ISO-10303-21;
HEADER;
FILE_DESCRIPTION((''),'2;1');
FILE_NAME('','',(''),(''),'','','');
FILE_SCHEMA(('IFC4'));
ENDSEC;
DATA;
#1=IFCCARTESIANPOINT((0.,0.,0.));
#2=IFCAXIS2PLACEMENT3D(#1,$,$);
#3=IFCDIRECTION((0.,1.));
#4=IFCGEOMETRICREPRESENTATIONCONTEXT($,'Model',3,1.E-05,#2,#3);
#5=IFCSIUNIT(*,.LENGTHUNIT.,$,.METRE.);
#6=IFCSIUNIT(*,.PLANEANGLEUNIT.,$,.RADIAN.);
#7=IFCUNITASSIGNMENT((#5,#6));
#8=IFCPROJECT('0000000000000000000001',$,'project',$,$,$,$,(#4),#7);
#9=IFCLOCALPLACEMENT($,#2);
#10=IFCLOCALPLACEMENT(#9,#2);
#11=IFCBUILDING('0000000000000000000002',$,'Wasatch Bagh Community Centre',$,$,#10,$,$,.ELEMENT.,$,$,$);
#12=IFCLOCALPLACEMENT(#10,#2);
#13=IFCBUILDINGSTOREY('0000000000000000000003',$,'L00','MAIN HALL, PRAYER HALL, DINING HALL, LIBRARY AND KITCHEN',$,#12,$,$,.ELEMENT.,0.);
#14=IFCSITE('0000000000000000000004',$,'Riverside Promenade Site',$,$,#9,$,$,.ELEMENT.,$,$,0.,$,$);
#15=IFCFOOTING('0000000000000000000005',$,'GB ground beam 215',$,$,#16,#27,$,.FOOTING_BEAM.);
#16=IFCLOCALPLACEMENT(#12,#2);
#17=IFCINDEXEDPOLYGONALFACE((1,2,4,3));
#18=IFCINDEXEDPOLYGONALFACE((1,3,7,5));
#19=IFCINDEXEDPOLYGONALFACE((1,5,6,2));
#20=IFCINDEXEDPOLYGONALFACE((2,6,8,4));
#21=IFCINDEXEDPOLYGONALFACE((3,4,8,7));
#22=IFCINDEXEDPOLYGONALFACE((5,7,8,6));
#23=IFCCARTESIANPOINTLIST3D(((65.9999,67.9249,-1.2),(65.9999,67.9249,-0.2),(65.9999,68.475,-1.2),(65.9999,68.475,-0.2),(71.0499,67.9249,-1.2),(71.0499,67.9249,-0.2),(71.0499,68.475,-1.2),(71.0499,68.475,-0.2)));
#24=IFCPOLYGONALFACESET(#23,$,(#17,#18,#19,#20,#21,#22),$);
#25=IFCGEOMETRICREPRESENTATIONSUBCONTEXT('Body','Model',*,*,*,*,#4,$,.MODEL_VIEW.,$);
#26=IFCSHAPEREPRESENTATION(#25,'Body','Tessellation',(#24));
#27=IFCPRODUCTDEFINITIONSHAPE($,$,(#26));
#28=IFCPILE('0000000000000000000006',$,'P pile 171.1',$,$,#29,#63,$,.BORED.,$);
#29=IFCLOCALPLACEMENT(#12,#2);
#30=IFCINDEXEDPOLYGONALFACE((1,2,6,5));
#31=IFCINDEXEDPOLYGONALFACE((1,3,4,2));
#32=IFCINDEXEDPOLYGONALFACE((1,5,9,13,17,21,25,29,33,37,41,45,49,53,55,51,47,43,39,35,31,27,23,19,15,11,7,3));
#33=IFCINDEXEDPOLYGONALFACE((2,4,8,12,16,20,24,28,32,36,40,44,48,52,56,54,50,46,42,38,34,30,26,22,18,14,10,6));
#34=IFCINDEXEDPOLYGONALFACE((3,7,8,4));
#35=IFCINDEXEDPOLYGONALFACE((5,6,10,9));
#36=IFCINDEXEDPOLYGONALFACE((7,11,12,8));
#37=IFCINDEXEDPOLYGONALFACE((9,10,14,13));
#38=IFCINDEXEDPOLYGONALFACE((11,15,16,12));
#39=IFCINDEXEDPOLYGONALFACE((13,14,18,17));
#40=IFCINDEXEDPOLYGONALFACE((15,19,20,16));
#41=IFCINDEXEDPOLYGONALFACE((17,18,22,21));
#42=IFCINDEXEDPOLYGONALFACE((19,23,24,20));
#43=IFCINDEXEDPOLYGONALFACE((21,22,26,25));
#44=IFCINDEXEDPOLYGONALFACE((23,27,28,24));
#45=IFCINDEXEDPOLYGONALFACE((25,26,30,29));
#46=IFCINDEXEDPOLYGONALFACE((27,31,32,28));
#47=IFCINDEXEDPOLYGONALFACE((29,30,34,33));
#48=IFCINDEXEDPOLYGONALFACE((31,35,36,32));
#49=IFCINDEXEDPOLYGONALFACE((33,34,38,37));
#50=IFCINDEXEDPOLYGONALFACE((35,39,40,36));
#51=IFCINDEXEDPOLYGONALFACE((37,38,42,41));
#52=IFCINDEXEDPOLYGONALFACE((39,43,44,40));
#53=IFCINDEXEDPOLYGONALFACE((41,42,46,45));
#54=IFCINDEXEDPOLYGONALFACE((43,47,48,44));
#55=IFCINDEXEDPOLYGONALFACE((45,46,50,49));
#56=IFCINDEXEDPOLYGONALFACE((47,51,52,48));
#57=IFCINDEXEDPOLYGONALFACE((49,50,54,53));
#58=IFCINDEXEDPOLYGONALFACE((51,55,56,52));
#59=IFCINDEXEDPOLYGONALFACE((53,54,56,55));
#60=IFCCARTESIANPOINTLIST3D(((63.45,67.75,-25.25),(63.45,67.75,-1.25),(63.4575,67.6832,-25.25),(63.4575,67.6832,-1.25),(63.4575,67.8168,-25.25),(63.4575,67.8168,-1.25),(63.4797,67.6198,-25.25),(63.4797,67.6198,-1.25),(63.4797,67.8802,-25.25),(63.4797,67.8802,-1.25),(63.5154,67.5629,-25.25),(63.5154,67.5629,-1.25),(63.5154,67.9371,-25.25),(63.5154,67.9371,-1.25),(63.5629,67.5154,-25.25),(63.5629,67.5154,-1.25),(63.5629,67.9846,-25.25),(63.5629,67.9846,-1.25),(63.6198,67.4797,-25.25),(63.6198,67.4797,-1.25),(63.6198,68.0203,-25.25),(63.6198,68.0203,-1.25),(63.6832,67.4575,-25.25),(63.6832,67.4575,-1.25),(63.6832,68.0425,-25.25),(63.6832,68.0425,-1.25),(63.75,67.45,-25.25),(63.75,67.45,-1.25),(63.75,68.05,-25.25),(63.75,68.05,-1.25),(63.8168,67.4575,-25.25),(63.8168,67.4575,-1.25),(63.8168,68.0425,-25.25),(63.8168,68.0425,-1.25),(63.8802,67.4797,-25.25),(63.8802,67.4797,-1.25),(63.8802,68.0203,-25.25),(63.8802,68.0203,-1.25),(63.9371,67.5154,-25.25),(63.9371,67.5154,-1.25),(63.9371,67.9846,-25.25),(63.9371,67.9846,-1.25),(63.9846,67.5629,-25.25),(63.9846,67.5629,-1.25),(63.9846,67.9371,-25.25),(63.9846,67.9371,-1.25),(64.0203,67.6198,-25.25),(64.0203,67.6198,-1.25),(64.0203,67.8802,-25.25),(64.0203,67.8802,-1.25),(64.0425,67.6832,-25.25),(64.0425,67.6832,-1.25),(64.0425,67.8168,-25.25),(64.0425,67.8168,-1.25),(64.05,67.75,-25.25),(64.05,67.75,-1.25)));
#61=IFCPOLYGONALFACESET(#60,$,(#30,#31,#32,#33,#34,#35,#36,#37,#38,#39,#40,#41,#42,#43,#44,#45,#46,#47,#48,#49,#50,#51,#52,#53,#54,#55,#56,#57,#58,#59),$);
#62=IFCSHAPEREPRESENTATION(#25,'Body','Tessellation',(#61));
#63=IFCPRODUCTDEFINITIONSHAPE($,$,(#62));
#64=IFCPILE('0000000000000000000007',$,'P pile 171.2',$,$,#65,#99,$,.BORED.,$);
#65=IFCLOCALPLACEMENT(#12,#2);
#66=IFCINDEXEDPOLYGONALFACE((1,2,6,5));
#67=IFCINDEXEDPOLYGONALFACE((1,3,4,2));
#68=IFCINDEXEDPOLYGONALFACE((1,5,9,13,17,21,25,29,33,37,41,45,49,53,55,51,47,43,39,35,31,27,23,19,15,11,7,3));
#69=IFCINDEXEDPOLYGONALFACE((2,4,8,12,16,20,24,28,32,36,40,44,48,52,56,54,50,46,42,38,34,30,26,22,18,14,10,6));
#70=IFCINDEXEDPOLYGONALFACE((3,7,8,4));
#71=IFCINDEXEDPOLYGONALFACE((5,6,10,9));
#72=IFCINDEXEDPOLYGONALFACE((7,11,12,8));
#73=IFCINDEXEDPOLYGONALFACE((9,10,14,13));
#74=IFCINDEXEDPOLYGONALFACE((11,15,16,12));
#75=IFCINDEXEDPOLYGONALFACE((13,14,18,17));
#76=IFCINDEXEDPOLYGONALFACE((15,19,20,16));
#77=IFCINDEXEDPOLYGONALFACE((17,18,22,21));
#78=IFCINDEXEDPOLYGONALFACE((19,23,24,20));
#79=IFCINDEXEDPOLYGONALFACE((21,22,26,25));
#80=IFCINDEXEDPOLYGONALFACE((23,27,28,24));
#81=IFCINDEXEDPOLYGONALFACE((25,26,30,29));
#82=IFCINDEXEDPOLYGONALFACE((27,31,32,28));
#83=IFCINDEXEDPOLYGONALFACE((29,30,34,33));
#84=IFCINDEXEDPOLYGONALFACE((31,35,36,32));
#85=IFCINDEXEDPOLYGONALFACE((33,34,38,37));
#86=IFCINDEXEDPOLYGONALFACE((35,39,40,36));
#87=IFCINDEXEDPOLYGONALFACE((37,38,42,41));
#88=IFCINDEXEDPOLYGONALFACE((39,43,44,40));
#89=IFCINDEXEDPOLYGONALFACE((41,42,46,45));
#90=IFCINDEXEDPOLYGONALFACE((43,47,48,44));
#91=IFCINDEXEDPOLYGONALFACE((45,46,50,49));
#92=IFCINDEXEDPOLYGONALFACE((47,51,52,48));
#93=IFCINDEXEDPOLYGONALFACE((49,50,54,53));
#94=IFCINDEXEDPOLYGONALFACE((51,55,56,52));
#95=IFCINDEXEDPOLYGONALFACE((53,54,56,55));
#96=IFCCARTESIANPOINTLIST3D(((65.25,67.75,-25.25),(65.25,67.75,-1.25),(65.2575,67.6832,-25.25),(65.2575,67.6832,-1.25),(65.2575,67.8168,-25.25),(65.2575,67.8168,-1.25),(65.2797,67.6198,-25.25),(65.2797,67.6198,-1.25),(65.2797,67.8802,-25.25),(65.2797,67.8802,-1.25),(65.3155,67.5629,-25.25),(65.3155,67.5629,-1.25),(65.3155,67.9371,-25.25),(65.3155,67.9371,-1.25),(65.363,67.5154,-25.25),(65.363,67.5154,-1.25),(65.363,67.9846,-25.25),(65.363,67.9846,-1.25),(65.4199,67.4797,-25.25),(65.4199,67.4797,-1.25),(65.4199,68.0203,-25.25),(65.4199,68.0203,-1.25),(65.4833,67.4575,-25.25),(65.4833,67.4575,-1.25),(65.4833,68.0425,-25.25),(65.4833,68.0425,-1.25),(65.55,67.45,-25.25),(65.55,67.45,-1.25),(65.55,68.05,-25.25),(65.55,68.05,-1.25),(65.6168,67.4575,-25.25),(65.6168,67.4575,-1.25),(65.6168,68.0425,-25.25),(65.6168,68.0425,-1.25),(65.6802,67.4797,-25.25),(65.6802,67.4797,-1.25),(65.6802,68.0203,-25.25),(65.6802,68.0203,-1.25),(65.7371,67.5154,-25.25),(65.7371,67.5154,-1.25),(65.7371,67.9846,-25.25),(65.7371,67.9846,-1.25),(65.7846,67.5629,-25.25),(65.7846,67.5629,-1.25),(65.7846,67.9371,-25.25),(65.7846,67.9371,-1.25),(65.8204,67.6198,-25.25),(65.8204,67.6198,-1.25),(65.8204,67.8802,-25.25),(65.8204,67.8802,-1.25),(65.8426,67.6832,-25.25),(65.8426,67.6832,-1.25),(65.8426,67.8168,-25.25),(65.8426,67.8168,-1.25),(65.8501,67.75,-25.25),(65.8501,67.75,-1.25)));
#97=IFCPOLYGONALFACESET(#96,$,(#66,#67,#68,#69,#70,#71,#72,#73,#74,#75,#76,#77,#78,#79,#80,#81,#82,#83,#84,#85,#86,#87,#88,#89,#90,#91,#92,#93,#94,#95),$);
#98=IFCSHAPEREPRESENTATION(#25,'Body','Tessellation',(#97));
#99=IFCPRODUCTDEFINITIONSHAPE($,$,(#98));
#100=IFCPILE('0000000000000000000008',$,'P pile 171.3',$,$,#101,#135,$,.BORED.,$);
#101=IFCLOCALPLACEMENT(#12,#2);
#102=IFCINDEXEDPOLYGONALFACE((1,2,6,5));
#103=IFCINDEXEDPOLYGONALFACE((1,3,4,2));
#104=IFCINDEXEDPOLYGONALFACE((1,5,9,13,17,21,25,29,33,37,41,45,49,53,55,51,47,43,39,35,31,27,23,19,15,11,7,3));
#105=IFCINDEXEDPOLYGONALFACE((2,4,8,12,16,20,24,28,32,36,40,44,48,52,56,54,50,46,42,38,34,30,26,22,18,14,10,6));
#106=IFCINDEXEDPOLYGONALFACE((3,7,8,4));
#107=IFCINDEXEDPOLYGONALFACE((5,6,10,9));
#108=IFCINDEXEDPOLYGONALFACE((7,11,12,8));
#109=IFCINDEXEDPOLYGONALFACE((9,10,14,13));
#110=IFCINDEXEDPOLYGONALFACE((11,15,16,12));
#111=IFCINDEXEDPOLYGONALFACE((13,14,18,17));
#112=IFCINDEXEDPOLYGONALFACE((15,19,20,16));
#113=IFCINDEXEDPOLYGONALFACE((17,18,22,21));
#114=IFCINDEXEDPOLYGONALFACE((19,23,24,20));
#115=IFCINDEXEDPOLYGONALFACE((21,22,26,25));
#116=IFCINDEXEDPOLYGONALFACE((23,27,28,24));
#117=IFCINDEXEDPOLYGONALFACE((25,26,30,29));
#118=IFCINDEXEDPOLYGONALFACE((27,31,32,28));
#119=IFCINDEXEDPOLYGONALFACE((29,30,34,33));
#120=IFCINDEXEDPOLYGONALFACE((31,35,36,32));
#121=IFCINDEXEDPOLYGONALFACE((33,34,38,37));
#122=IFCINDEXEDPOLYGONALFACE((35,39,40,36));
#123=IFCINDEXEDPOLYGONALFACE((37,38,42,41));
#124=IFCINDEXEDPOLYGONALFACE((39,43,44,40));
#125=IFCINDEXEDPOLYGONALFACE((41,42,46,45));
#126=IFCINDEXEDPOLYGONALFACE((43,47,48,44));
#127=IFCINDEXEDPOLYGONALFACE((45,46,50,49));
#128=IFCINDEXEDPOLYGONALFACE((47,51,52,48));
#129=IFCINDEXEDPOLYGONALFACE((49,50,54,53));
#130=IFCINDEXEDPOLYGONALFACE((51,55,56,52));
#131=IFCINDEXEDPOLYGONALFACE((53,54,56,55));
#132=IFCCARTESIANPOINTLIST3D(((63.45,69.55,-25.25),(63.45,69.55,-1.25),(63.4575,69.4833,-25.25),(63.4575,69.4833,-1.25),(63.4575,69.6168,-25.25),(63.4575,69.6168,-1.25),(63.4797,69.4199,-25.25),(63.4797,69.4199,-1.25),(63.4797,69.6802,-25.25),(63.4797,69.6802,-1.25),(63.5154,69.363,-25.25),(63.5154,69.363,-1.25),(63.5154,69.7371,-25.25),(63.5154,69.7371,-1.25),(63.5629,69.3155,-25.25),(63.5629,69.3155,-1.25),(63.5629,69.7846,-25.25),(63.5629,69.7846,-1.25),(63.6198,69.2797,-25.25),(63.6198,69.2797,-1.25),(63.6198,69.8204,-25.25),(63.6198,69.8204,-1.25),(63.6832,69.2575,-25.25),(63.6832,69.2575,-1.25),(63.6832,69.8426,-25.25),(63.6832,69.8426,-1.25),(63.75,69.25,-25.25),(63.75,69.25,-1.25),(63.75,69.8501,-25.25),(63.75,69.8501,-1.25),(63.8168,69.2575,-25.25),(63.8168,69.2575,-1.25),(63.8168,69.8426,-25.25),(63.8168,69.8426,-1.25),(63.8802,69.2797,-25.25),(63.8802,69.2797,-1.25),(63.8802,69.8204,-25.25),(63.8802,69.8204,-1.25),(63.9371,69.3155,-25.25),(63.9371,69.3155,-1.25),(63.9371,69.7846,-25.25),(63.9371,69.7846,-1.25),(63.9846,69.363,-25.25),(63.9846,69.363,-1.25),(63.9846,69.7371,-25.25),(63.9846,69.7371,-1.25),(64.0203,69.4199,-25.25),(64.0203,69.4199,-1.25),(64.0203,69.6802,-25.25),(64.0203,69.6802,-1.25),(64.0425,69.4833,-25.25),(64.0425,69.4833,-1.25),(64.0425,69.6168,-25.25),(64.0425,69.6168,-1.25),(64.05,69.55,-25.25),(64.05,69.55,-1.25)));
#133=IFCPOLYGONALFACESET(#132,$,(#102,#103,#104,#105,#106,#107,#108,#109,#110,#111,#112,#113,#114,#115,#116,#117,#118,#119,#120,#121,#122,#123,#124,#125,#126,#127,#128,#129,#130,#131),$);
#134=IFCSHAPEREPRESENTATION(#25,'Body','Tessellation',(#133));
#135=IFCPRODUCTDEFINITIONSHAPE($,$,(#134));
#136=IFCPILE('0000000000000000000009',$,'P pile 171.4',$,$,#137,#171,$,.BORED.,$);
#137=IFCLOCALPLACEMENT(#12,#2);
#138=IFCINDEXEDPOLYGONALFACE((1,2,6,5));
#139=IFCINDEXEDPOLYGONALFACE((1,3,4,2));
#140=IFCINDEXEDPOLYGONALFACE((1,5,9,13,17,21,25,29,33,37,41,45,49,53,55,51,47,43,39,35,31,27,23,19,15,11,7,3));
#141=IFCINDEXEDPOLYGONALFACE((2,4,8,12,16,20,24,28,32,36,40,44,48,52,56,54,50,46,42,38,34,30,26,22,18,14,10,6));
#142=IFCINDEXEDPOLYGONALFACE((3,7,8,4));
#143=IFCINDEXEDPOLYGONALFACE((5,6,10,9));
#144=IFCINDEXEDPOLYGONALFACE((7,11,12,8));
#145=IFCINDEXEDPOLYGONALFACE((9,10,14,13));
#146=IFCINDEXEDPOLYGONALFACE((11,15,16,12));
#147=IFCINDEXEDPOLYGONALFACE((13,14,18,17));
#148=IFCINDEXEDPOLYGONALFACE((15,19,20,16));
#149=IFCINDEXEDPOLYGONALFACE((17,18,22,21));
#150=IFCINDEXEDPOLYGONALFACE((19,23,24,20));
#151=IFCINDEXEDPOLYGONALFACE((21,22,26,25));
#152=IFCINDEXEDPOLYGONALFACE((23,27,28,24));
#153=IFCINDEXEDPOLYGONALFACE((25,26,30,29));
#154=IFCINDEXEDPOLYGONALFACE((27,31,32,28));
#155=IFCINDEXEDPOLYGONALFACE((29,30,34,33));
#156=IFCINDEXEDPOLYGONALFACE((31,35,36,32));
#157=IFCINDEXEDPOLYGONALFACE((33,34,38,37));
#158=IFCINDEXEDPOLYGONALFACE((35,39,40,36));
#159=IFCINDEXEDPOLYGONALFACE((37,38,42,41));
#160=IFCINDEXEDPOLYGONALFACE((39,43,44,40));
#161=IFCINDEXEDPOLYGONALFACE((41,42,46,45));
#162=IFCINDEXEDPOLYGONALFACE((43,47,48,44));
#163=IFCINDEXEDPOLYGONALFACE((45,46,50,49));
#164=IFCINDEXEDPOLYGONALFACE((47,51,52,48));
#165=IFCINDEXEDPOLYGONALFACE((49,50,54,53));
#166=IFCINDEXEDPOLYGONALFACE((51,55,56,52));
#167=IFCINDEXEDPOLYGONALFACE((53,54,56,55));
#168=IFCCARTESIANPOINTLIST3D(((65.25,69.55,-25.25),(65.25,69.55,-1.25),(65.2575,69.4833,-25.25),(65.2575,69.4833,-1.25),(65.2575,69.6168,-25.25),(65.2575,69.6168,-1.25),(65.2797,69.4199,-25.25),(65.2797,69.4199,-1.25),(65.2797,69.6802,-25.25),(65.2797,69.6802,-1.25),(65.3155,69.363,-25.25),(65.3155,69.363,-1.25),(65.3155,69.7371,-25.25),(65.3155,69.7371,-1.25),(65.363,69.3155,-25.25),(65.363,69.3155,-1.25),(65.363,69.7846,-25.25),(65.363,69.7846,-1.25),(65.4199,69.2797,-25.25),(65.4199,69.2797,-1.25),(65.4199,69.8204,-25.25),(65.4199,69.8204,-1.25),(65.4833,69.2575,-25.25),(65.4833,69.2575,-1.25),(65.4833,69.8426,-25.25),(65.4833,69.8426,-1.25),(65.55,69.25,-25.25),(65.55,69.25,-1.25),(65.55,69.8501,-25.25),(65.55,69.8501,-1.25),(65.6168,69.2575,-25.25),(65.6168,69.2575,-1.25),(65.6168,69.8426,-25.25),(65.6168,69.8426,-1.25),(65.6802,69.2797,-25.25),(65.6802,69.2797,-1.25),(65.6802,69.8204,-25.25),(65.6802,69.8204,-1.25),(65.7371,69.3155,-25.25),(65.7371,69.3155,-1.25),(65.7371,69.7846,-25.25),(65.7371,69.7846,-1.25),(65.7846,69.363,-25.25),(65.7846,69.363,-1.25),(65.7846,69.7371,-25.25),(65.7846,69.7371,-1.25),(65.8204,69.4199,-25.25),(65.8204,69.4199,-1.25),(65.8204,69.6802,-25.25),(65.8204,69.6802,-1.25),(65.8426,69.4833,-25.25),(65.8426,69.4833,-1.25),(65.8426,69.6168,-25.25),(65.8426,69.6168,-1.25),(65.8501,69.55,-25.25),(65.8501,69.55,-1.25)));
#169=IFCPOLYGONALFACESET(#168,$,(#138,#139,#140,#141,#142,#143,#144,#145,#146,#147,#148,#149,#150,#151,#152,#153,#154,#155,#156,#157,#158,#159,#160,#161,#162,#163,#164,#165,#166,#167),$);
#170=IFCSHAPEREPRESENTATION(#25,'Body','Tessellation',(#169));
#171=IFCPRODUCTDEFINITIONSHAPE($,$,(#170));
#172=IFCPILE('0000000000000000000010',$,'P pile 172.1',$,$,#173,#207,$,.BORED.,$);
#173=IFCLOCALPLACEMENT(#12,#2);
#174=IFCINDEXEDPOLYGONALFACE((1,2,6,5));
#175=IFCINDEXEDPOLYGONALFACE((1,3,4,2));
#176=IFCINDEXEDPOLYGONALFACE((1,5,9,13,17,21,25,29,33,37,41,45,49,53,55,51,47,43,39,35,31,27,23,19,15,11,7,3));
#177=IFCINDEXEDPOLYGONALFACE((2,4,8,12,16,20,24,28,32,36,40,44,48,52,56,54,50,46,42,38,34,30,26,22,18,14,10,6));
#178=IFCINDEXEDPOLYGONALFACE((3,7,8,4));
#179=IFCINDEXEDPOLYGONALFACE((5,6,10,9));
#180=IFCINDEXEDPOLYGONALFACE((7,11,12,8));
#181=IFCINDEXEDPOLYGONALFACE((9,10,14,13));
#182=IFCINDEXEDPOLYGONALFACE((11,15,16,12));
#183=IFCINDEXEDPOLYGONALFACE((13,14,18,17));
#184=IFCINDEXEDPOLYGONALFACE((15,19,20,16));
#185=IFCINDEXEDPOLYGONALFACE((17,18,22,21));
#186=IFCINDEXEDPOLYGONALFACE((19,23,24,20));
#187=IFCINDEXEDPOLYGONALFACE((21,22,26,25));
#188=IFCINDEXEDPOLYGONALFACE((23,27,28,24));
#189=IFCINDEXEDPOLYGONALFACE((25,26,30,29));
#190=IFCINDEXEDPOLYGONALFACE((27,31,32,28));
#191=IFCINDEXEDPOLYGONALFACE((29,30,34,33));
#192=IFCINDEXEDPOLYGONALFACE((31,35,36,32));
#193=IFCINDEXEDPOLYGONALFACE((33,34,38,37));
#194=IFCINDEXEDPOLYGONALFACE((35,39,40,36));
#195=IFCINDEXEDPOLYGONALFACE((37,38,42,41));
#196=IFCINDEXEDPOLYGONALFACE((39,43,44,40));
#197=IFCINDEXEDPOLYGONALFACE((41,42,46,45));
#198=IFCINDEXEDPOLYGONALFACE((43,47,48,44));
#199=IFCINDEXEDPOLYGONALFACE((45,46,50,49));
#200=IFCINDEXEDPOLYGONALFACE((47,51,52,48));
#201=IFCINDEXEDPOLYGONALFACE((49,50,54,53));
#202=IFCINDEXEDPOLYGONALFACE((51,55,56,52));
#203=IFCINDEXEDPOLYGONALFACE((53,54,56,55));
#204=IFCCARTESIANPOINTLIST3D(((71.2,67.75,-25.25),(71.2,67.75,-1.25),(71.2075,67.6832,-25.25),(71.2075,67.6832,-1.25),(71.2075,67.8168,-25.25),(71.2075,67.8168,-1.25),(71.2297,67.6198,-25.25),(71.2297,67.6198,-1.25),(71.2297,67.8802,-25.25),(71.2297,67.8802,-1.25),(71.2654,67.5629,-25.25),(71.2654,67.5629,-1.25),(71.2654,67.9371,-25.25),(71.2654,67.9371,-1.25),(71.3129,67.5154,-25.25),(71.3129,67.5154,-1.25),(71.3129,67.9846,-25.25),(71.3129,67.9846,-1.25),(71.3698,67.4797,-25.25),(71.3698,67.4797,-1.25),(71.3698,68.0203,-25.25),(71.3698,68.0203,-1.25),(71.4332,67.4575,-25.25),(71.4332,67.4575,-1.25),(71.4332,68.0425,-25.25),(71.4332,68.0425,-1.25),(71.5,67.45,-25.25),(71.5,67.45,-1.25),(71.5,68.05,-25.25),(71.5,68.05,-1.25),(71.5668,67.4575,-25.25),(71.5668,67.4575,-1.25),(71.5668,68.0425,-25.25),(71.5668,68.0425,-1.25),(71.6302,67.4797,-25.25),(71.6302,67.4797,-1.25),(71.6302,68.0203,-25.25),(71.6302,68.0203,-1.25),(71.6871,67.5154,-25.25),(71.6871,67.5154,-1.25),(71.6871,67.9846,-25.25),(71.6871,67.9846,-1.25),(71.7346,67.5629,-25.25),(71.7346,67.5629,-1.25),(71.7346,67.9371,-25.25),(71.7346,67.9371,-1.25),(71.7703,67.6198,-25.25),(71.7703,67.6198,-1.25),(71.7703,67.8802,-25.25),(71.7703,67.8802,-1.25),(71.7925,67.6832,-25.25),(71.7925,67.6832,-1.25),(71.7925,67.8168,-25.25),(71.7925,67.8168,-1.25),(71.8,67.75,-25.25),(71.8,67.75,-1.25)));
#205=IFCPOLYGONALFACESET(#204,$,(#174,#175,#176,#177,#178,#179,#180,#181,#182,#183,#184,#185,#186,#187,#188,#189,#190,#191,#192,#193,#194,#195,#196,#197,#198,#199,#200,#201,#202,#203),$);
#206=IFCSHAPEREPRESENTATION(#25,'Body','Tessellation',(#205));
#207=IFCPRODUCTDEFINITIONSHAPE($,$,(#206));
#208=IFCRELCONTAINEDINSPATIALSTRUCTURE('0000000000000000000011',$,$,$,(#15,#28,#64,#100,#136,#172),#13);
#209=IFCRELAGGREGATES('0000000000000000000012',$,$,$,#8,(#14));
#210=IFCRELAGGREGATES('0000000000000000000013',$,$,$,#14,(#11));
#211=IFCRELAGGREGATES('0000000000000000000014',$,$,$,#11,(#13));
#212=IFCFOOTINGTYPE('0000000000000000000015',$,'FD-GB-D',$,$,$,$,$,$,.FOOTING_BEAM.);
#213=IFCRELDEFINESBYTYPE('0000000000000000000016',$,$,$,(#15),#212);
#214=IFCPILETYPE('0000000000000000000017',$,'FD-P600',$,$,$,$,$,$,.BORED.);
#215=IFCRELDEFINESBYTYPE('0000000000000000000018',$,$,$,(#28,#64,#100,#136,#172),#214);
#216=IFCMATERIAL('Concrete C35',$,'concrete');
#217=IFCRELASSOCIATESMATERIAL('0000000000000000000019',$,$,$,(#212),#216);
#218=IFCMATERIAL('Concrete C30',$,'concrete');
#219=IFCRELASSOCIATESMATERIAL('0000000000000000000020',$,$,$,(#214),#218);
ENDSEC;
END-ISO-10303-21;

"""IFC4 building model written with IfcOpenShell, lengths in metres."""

from ifc_helpers import new_model, si_unit, direction, frame, origin, origin_2d, place, context, subcontext, project, spatial, rectangle, circle, extrude, material, material_profile, profile_set, type_object, element, save


model = new_model("IFC4")

# Units and contexts
model_context = context("Model", 3, precision=1e-05, world=origin(), true_north=direction((0.0, 1.0)))
body_context = subcontext(model_context, "Body", "Model", "MODEL_VIEW")
ifc_project = project(units=[si_unit("LENGTHUNIT", "METRE"), si_unit("PLANEANGLEUNIT", "RADIAN")], contexts=[model_context])

# Site, building, storey
site_placement = place(None, origin())
site = spatial("IfcSite", under=ifc_project, at=site_placement, Name="Riverside Promenade Site", CompositionType="ELEMENT", RefElevation=0.0)
building_placement = place(site_placement, origin())
building = spatial("IfcBuilding", under=site, at=building_placement, Name="Wasatch Bagh Community Centre", CompositionType="ELEMENT")
storey_placement = place(building_placement, origin())
storey = spatial("IfcBuildingStorey", under=building, at=storey_placement, Name="L00", Description="MAIN HALL, PRAYER HALL, DINING HALL, LIBRARY AND KITCHEN", CompositionType="ELEMENT", Elevation=0.0)

# Footing
ifc_material_1 = material(Name="Concrete C35", Category="concrete")
footing_type_1 = type_object("IfcFootingType", Name="FD-GB-D", PredefinedType="FOOTING_BEAM", material=ifc_material_1)
footing_placement = place(storey_placement, frame((68.5249, 68.2, -1.2), z_axis=(0.0, 0.0, 1.0), x_axis=(1.0, 0.0, 0.0)))
element("IfcFooting", 1, at=footing_placement, inside=storey, type_object=footing_type_1, Name="GB ground beam 215", PredefinedType="FOOTING_BEAM", context=body_context, shape_type="SweptSolid", body=[
    extrude(rectangle(XDim=5.05, YDim=0.55, at=origin_2d()), origin(), (0.0, 0.0, 1.0), 1.0),
])

# Piles
ifc_material_2 = material(Name="Concrete C30", Category="concrete")
ifc_material_profile_1 = material_profile(ifc_material_2, circle(Radius=0.3, at=origin_2d()), Name="RC D600")
ifc_profile_set_1 = profile_set([ifc_material_profile_1], Name="Concrete C30")
pile_type = type_object("IfcPileType", Name="FD-P600", PredefinedType="BORED", material=ifc_profile_set_1)
for number, where, z_axis, x_axis, name in (
    (2, (63.75, 67.75, -1.25), (0.0, 0.0, -1.0), (1.0, 0.0, 0.0), "P pile 171.1"),
    (3, (65.55, 67.75, -1.25), (0.0, 0.0, -1.0), (1.0, 0.0, 0.0), "P pile 171.2"),
    (4, (63.75, 69.55, -1.25), (0.0, 0.0, -1.0), (1.0, 0.0, 0.0), "P pile 171.3"),
    (5, (65.55, 69.55, -1.25), (0.0, 0.0, -1.0), (1.0, 0.0, 0.0), "P pile 171.4"),
    (6, (71.5, 67.75, -1.25), (0.0, 0.0, -1.0), (1.0, 0.0, 0.0), "P pile 172.1"),
):
    element("IfcPile", number, at=place(storey_placement, frame(where, z_axis=z_axis, x_axis=x_axis)), inside=storey, type_object=pile_type, Name=name, PredefinedType="BORED", context=body_context, shape_type="SweptSolid", body=[
        extrude(circle(Radius=0.3, at=origin_2d()), origin(), (0.0, 0.0, 1.0), 24.0),
    ])

save(model, "model.ifc")
